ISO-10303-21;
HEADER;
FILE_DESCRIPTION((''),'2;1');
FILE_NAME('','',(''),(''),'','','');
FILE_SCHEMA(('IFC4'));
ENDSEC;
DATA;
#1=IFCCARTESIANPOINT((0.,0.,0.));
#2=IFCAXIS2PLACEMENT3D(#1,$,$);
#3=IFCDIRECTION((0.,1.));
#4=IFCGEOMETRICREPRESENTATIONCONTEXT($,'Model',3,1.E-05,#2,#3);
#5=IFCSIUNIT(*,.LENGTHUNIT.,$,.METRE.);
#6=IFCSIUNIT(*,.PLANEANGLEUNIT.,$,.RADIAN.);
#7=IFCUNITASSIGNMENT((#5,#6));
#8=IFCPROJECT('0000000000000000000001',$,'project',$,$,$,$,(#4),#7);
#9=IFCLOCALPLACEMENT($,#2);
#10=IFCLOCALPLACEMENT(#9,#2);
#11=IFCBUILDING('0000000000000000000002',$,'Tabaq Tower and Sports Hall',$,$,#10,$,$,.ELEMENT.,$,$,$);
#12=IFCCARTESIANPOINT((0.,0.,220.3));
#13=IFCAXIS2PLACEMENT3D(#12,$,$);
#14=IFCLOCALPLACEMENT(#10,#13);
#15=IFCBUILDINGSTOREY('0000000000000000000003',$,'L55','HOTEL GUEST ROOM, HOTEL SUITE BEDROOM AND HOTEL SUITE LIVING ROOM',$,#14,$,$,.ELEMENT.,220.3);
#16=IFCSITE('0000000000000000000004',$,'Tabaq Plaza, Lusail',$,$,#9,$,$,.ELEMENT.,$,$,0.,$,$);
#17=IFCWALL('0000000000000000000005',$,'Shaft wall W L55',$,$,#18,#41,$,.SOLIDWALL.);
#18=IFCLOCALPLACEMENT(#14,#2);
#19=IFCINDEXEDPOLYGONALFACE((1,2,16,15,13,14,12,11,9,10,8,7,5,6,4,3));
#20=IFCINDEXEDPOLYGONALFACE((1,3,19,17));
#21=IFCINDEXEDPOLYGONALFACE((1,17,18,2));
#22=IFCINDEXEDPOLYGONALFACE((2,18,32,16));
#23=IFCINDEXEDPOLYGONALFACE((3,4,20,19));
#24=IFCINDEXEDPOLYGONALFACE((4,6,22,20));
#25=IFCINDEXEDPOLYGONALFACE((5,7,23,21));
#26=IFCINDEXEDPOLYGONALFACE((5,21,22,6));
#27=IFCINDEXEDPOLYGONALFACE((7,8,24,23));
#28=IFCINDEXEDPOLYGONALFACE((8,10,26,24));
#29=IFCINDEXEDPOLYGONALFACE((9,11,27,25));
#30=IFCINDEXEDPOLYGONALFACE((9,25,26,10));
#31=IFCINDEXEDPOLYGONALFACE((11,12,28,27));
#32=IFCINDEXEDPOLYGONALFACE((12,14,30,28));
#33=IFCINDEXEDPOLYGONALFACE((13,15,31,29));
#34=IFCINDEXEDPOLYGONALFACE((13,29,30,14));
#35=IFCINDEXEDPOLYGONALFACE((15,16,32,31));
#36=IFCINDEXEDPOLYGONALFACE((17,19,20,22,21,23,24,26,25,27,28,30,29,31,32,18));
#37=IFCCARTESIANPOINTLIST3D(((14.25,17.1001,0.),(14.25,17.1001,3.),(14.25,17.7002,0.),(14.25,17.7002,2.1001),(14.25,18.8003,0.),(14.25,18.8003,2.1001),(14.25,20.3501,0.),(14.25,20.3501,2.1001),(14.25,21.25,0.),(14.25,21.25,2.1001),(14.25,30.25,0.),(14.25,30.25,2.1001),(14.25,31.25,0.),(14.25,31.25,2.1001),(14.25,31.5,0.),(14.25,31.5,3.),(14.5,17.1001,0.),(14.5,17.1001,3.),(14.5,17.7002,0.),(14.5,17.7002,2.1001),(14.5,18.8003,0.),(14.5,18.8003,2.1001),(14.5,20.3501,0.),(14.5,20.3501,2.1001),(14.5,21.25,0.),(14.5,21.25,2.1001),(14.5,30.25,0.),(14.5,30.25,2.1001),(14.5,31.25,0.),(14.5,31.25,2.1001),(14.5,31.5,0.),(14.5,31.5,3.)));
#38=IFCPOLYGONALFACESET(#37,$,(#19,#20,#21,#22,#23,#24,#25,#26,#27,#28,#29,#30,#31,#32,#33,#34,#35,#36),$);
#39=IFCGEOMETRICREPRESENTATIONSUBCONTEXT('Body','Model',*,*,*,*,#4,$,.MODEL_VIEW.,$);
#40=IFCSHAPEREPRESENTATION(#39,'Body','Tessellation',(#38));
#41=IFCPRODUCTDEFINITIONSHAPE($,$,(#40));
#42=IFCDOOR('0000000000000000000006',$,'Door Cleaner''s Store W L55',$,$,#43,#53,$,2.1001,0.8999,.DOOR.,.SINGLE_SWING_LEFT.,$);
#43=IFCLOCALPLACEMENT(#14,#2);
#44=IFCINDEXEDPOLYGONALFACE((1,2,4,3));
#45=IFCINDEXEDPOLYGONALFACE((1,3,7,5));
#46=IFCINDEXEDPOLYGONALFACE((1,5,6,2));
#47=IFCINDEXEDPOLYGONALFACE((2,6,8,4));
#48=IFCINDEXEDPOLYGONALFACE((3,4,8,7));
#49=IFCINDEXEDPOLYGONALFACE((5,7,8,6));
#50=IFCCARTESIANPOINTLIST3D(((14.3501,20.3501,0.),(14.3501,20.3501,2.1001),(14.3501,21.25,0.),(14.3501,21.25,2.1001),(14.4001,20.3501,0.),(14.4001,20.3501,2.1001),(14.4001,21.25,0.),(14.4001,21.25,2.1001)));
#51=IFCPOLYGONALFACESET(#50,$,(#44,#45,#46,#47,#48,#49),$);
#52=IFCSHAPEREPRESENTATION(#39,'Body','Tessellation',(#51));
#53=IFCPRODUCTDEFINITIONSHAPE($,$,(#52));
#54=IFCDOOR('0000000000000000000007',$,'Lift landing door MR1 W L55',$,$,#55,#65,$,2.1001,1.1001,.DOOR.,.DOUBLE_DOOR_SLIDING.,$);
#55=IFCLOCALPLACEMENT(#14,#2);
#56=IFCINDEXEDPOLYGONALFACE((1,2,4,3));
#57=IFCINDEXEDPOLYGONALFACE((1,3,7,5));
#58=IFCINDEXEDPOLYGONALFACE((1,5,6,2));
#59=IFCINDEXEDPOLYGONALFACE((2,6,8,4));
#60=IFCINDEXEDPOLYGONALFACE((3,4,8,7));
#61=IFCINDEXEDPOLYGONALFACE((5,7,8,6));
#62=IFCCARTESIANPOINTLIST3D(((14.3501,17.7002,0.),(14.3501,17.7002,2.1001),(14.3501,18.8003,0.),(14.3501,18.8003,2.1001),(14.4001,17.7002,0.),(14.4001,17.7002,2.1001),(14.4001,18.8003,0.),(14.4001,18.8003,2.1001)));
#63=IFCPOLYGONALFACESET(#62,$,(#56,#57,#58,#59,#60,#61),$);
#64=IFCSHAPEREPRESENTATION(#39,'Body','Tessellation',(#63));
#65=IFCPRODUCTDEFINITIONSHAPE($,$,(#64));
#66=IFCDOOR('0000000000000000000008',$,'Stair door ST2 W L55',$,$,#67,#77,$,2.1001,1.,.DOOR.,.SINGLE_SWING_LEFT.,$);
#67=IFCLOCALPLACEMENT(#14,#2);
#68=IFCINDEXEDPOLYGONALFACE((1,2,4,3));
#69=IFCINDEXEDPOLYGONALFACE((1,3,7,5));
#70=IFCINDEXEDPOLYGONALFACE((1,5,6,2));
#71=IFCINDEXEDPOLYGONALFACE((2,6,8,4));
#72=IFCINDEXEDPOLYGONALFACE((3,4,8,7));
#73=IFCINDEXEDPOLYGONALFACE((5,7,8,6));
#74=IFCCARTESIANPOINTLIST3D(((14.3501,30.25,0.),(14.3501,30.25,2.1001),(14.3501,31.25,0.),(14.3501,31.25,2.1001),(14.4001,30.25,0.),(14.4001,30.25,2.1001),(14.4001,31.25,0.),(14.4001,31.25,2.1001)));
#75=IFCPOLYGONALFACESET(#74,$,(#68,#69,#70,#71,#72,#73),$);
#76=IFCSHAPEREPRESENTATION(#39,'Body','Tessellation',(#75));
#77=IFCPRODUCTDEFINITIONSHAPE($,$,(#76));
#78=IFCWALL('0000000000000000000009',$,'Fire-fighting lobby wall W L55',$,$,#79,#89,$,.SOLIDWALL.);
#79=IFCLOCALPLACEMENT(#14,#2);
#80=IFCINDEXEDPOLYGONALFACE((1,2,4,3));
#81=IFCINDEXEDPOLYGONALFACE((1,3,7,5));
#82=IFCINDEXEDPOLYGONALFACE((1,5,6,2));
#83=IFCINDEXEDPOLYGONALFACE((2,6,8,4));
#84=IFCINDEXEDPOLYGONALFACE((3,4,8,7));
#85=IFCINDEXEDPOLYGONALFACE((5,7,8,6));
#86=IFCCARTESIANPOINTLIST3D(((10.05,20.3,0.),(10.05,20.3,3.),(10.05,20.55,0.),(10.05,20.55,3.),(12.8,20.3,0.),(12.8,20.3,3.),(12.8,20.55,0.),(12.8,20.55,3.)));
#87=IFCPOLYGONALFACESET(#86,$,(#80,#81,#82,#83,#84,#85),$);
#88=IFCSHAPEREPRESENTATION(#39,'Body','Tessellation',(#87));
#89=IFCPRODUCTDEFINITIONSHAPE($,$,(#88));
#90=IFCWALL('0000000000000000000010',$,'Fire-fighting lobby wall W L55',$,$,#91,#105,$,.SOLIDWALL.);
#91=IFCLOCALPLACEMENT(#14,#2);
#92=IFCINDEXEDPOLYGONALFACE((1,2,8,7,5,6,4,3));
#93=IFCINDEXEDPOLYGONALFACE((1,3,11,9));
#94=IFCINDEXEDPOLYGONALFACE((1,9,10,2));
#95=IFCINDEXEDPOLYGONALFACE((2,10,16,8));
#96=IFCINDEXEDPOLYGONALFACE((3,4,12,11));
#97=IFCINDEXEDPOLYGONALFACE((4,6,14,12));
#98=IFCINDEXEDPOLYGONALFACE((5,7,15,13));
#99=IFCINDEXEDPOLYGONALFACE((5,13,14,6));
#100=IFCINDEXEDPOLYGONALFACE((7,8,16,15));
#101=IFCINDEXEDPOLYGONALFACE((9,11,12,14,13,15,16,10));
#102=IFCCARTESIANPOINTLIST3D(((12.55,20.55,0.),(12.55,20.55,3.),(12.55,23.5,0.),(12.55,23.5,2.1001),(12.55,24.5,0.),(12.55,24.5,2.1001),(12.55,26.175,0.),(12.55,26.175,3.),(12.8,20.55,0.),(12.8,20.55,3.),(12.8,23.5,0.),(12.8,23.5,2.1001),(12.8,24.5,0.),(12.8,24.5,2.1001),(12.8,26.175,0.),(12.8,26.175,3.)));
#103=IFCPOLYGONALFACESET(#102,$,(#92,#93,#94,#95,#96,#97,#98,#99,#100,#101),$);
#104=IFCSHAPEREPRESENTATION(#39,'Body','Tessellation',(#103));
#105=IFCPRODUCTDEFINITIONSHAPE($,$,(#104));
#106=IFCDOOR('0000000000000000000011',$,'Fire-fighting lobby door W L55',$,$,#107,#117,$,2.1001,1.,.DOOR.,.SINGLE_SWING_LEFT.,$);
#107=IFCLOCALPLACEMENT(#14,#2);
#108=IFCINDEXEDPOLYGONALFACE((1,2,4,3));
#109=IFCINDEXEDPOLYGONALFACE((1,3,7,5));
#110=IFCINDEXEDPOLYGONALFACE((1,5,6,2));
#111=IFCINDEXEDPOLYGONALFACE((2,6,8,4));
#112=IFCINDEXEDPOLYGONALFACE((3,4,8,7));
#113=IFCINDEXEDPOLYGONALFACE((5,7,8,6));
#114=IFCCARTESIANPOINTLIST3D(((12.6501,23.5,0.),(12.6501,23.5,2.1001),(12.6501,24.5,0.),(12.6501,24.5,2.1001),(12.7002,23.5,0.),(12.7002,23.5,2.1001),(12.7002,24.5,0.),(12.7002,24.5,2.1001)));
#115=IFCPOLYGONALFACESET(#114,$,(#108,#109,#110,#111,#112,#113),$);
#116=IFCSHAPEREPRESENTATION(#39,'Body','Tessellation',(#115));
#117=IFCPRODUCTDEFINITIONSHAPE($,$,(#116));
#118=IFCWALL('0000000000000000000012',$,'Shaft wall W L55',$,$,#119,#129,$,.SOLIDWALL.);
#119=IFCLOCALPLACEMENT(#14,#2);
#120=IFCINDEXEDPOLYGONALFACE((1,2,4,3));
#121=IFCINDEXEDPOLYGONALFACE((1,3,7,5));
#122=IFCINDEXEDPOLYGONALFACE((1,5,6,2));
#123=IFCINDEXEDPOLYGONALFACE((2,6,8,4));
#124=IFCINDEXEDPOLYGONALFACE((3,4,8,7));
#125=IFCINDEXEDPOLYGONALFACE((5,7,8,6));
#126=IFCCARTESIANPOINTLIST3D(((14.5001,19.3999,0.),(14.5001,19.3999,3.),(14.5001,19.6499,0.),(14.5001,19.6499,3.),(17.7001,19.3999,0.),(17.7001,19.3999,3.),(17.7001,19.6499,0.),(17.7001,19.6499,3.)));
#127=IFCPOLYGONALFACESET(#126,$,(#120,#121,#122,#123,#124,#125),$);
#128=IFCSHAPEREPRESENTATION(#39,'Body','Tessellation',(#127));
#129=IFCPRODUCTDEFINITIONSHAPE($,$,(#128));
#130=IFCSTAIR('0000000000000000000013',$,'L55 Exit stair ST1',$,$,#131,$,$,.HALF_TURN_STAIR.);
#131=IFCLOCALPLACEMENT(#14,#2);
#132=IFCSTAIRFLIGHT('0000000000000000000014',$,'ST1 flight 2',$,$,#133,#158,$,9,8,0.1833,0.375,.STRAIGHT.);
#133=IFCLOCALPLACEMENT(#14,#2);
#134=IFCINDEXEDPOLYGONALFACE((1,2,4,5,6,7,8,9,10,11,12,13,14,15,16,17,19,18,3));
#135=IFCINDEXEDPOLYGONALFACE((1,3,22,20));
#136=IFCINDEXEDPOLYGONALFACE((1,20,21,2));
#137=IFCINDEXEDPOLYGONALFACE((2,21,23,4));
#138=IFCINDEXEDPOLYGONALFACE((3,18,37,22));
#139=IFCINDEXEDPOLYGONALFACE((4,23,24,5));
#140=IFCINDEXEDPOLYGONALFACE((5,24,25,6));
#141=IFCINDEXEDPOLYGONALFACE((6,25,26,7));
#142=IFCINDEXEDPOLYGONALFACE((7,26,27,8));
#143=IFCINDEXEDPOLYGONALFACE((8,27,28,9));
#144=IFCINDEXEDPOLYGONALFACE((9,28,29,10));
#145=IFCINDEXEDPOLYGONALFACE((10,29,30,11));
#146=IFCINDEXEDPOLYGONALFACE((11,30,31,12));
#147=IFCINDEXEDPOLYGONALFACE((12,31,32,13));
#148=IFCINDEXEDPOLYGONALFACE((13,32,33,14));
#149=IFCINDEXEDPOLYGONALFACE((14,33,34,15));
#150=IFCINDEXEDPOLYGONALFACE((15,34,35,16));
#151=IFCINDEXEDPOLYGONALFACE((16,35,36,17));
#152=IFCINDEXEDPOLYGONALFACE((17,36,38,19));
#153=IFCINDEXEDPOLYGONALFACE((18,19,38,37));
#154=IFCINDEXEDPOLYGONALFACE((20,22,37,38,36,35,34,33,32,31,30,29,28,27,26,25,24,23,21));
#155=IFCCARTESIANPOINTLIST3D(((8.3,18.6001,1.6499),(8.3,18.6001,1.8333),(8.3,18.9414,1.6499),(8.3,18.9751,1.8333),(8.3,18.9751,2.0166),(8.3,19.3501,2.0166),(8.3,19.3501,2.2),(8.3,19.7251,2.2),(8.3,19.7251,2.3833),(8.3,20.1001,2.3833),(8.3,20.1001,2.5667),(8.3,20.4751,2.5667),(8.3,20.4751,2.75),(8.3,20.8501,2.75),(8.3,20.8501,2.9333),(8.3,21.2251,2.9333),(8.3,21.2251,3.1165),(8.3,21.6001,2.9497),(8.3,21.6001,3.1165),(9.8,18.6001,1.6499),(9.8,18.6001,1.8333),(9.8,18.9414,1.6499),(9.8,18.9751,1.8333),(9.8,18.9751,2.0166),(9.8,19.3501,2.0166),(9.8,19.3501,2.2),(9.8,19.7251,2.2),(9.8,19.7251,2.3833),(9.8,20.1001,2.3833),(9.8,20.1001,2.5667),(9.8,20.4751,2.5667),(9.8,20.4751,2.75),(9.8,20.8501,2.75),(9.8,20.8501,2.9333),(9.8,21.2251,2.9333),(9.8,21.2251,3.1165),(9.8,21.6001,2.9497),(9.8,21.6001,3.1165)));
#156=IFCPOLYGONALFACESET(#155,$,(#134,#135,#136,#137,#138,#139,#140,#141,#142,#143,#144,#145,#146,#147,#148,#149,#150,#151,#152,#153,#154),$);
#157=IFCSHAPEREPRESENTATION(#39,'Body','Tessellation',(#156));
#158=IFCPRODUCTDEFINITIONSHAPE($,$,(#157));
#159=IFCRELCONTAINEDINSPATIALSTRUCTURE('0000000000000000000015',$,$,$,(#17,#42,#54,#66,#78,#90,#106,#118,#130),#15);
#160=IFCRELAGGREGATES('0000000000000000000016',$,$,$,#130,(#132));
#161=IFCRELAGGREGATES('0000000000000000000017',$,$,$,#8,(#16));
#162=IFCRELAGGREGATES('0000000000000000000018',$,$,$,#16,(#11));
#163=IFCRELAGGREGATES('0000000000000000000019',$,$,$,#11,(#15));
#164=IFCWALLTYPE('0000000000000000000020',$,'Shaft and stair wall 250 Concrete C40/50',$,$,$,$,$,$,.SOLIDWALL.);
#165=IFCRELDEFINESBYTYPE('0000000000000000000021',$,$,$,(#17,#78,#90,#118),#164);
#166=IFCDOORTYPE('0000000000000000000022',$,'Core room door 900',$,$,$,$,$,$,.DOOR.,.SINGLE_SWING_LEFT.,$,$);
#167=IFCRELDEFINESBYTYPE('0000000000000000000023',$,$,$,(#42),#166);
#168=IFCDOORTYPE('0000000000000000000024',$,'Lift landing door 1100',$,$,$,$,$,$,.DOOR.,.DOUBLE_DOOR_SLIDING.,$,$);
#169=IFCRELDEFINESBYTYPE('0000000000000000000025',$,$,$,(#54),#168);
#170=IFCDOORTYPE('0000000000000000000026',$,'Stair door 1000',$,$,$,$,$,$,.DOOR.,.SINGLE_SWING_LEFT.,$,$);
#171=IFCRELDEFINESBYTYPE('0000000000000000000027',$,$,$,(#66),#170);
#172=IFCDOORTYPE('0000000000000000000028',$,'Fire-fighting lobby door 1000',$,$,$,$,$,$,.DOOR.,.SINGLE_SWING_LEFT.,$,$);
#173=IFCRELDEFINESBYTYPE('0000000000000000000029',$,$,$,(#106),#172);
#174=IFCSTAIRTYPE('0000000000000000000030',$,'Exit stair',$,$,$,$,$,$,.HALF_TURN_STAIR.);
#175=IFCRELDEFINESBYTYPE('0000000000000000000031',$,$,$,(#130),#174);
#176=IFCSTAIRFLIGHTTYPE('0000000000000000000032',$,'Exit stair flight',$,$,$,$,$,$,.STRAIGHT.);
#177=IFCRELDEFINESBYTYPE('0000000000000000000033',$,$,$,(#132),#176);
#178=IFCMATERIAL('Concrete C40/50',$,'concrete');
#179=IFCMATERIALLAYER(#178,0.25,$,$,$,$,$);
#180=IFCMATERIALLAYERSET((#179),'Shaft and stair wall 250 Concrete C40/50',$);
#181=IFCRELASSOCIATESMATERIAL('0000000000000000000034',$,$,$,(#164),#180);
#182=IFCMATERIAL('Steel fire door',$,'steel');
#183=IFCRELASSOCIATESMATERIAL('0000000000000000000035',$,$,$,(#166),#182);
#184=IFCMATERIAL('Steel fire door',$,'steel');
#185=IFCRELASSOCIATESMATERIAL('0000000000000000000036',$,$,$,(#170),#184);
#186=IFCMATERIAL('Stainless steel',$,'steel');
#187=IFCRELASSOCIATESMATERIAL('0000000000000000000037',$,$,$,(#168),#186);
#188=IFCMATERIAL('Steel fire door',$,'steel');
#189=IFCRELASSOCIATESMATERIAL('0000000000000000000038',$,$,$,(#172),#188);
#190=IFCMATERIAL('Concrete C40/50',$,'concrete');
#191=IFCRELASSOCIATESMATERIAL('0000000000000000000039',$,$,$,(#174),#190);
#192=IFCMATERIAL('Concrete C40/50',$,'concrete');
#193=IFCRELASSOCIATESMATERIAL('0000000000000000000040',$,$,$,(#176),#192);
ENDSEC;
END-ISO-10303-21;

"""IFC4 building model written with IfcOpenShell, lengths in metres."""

from ifc_helpers import new_model, si_unit, direction, frame, frame_2d, origin, place, context, subcontext, project, spatial, polyline, rectangle, outline, extrude, material, layer, layer_set, type_object, element, fill, aggregate, save


model = new_model("IFC4")

# Units and contexts
model_context = context("Model", 3, precision=1e-05, world=origin(), true_north=direction((0.0, 1.0)))
body_context = subcontext(model_context, "Body", "Model", "MODEL_VIEW")
ifc_project = project(units=[si_unit("LENGTHUNIT", "METRE"), si_unit("PLANEANGLEUNIT", "RADIAN")], contexts=[model_context])

# Site, building, storey
site_placement = place(None, origin())
site = spatial("IfcSite", under=ifc_project, at=site_placement, Name="Tabaq Plaza, Lusail", CompositionType="ELEMENT", RefElevation=0.0)
building_placement = place(site_placement, origin())
building = spatial("IfcBuilding", under=site, at=building_placement, Name="Tabaq Tower and Sports Hall", CompositionType="ELEMENT")
storey_placement = place(building_placement, frame((0.0, 0.0, 220.3)))
storey = spatial("IfcBuildingStorey", under=building, at=storey_placement, Name="L55", Description="HOTEL GUEST ROOM, HOTEL SUITE BEDROOM AND HOTEL SUITE LIVING ROOM", CompositionType="ELEMENT", Elevation=220.3)

# Wall, openings, doors
ifc_material_1 = material(Name="Concrete C40/50", Category="concrete")
ifc_layer_1 = layer(ifc_material_1, 0.25)
ifc_layer_set_1 = layer_set([ifc_layer_1], Name="Shaft and stair wall 250 Concrete C40/50")
wall_type_1 = type_object("IfcWallType", Name="Shaft and stair wall 250 Concrete C40/50", PredefinedType="SOLIDWALL", material=ifc_layer_set_1)
ifc_material_2 = material(Name="Steel fire door", Category="steel")
door_type_1 = type_object("IfcDoorType", Name="Core room door 900", OperationType="SINGLE_SWING_LEFT", PredefinedType="DOOR", material=ifc_material_2)
ifc_material_3 = material(Name="Steel fire door", Category="steel")
door_type_2 = type_object("IfcDoorType", Name="Stair door 1000", OperationType="SINGLE_SWING_LEFT", PredefinedType="DOOR", material=ifc_material_3)
wall_1_placement = place(storey_placement, frame((14.375, 17.1001, 0.0), z_axis=(0.0, 0.0, 1.0), x_axis=(0.0, 1.0, 0.0)))
wall_1 = element("IfcWall", 1, at=wall_1_placement, inside=storey, type_object=wall_type_1, Name="Shaft wall W L55", PredefinedType="SOLIDWALL", context=body_context, shape_type="SweptSolid", body=[
    extrude(rectangle(XDim=14.3999, YDim=0.25, at=frame_2d((7.2, 0.0))), origin(), (0.0, 0.0, 1.0), 3.0),
])
opening_1_placement = place(wall_1_placement, frame((13.1499, 0.0, 0.0)))
opening_1 = element("IfcOpeningElement", 2, at=opening_1_placement, cuts=wall_1, PredefinedType="OPENING", context=body_context, shape_type="SweptSolid", body=[
    extrude(rectangle(XDim=1.0, YDim=2.1001, at=frame_2d((0.5, 1.05))), frame((0.0, 0.125, 0.0), z_axis=(0.0, -1.0, 0.0), x_axis=(1.0, 0.0, 0.0)), (0.0, 0.0, 1.0), 0.25),
])
opening_2_placement = place(wall_1_placement, frame((0.6001, 0.0, 0.0)))
opening_2 = element("IfcOpeningElement", 3, at=opening_2_placement, cuts=wall_1, PredefinedType="OPENING", context=body_context, shape_type="SweptSolid", body=[
    extrude(rectangle(XDim=1.1001, YDim=2.1001, at=frame_2d((0.55, 1.05))), frame((0.0, 0.125, 0.0), z_axis=(0.0, -1.0, 0.0), x_axis=(1.0, 0.0, 0.0)), (0.0, 0.0, 1.0), 0.25),
])
opening_3_placement = place(wall_1_placement, frame((3.25, 0.0, 0.0)))
opening_3 = element("IfcOpeningElement", 4, at=opening_3_placement, cuts=wall_1, PredefinedType="OPENING", context=body_context, shape_type="SweptSolid", body=[
    extrude(rectangle(XDim=0.8999, YDim=2.1001, at=frame_2d((0.45, 1.05))), frame((0.0, 0.125, 0.0), z_axis=(0.0, -1.0, 0.0), x_axis=(1.0, 0.0, 0.0)), (0.0, 0.0, 1.0), 0.25),
])
door_1_placement = place(opening_3_placement, origin())
door_1 = element("IfcDoor", 5, at=door_1_placement, inside=storey, type_object=door_type_1, Name="Door Cleaner's Store W L55", OperationType="SINGLE_SWING_LEFT", OverallHeight=2.1001, OverallWidth=0.8999, PredefinedType="DOOR", context=body_context, shape_type="SweptSolid", body=[
    extrude(rectangle(XDim=0.8999, YDim=2.1001, at=frame_2d((0.45, 1.05))), frame((0.0, 0.0249, 0.0), z_axis=(0.0, -1.0, 0.0), x_axis=(1.0, 0.0, 0.0)), (0.0, 0.0, 1.0), 0.05),
])
fill(opening_3, door_1)
ifc_material_4 = material(Name="Stainless steel", Category="steel")
door_type_3 = type_object("IfcDoorType", Name="Lift landing door 1100", OperationType="DOUBLE_DOOR_SLIDING", PredefinedType="DOOR", material=ifc_material_4)
door_2_placement = place(opening_2_placement, origin())
door_2 = element("IfcDoor", 6, at=door_2_placement, inside=storey, type_object=door_type_3, Name="Lift landing door MR1 W L55", OperationType="DOUBLE_DOOR_SLIDING", OverallHeight=2.1001, OverallWidth=1.1001, PredefinedType="DOOR", context=body_context, shape_type="SweptSolid", body=[
    extrude(rectangle(XDim=1.1001, YDim=2.1001, at=frame_2d((0.55, 1.05))), frame((0.0, 0.0249, 0.0), z_axis=(0.0, -1.0, 0.0), x_axis=(1.0, 0.0, 0.0)), (0.0, 0.0, 1.0), 0.05),
])
fill(opening_2, door_2)
door_3_placement = place(opening_1_placement, origin())
door_3 = element("IfcDoor", 7, at=door_3_placement, inside=storey, type_object=door_type_2, Name="Stair door ST2 W L55", OperationType="SINGLE_SWING_LEFT", OverallHeight=2.1001, OverallWidth=1.0, PredefinedType="DOOR", context=body_context, shape_type="SweptSolid", body=[
    extrude(rectangle(XDim=1.0, YDim=2.1001, at=frame_2d((0.5, 1.05))), frame((0.0, 0.0249, 0.0), z_axis=(0.0, -1.0, 0.0), x_axis=(1.0, 0.0, 0.0)), (0.0, 0.0, 1.0), 0.05),
])
fill(opening_1, door_3)

# Wall
wall_2_placement = place(storey_placement, frame((10.05, 20.425, 0.0), z_axis=(0.0, 0.0, 1.0), x_axis=(1.0, 0.0, 0.0)))
element("IfcWall", 8, at=wall_2_placement, inside=storey, type_object=wall_type_1, Name="Fire-fighting lobby wall W L55", PredefinedType="SOLIDWALL", context=body_context, shape_type="SweptSolid", body=[
    extrude(rectangle(XDim=2.75, YDim=0.25, at=frame_2d((1.375, 0.0))), origin(), (0.0, 0.0, 1.0), 3.0),
])

# Wall, opening, door
wall_3_placement = place(storey_placement, frame((12.675, 20.55, 0.0), z_axis=(0.0, 0.0, 1.0), x_axis=(0.0, 1.0, 0.0)))
wall_3 = element("IfcWall", 9, at=wall_3_placement, inside=storey, type_object=wall_type_1, Name="Fire-fighting lobby wall W L55", PredefinedType="SOLIDWALL", context=body_context, shape_type="SweptSolid", body=[
    extrude(rectangle(XDim=5.625, YDim=0.25, at=frame_2d((2.8125, 0.0))), origin(), (0.0, 0.0, 1.0), 3.0),
])
opening_4_placement = place(wall_3_placement, frame((2.95, 0.0, 0.0)))
opening_4 = element("IfcOpeningElement", 10, at=opening_4_placement, cuts=wall_3, PredefinedType="OPENING", context=body_context, shape_type="SweptSolid", body=[
    extrude(rectangle(XDim=1.0, YDim=2.1001, at=frame_2d((0.5, 1.05))), frame((0.0, 0.125, 0.0), z_axis=(0.0, -1.0, 0.0), x_axis=(1.0, 0.0, 0.0)), (0.0, 0.0, 1.0), 0.25),
])
ifc_material_5 = material(Name="Steel fire door", Category="steel")
door_type_4 = type_object("IfcDoorType", Name="Fire-fighting lobby door 1000", OperationType="SINGLE_SWING_LEFT", PredefinedType="DOOR", material=ifc_material_5)
door_4_placement = place(opening_4_placement, origin())
door_4 = element("IfcDoor", 11, at=door_4_placement, inside=storey, type_object=door_type_4, Name="Fire-fighting lobby door W L55", OperationType="SINGLE_SWING_LEFT", OverallHeight=2.1001, OverallWidth=1.0, PredefinedType="DOOR", context=body_context, shape_type="SweptSolid", body=[
    extrude(rectangle(XDim=1.0, YDim=2.1001, at=frame_2d((0.5, 1.05))), frame((0.0, 0.0249, 0.0), z_axis=(0.0, -1.0, 0.0), x_axis=(1.0, 0.0, 0.0)), (0.0, 0.0, 1.0), 0.05),
])
fill(opening_4, door_4)

# Wall
wall_4_placement = place(storey_placement, frame((14.5, 19.5249, 0.0), z_axis=(0.0, 0.0, 1.0), x_axis=(1.0, 0.0, 0.0)))
element("IfcWall", 12, at=wall_4_placement, inside=storey, type_object=wall_type_1, Name="Shaft wall W L55", PredefinedType="SOLIDWALL", context=body_context, shape_type="SweptSolid", body=[
    extrude(rectangle(XDim=3.2, YDim=0.25, at=frame_2d((1.6001, 0.0))), origin(), (0.0, 0.0, 1.0), 3.0),
])

# Stair, stair flight
ifc_material_6 = material(Name="Concrete C40/50", Category="concrete")
stair_type = type_object("IfcStairType", Name="Exit stair", PredefinedType="HALF_TURN_STAIR", material=ifc_material_6)
stair_placement = place(storey_placement, origin())
stair = element("IfcStair", 13, at=stair_placement, inside=storey, type_object=stair_type, Name="L55 Exit stair ST1", PredefinedType="HALF_TURN_STAIR")
ifc_material_7 = material(Name="Concrete C40/50", Category="concrete")
stair_flight_type = type_object("IfcStairFlightType", Name="Exit stair flight", PredefinedType="STRAIGHT", material=ifc_material_7)
stair_flight_placement = place(storey_placement, frame((9.05, 18.6001, 1.6499), z_axis=(0.0, 0.0, 1.0), x_axis=(0.0, 1.0, 0.0)))
stair_flight = element("IfcStairFlight", 14, at=stair_flight_placement, type_object=stair_flight_type, Name="ST1 flight 2", NumberOfRisers=9, NumberOfTreads=8, PredefinedType="STRAIGHT", RiserHeight=0.1833, TreadLength=0.375, context=body_context, shape_type="SweptSolid", body=[
    extrude(outline(polyline([(0.0, 0.0), (0.0, 0.1833), (0.375, 0.1833), (0.375, 0.3667), (0.75, 0.3667), (0.75, 0.55), (1.125, 0.55), (1.125, 0.7334), (1.5, 0.7334), (1.5, 0.9167), (1.875, 0.9167), (1.875, 1.1001), (2.25, 1.1001), (2.25, 1.2834), (2.625, 1.2834), (2.625, 1.4666), (3.0, 1.4666), (3.0, 1.6499), (3.0, 1.2998), (0.3413, 0.0), (0.0, 0.0)])), frame((0.0, 0.75, 0.0), z_axis=(0.0, -1.0, 0.0), x_axis=(1.0, 0.0, 0.0)), (0.0, 0.0, 1.0), 1.5),
])
aggregate(stair, [stair_flight])

save(model, "model.ifc")
